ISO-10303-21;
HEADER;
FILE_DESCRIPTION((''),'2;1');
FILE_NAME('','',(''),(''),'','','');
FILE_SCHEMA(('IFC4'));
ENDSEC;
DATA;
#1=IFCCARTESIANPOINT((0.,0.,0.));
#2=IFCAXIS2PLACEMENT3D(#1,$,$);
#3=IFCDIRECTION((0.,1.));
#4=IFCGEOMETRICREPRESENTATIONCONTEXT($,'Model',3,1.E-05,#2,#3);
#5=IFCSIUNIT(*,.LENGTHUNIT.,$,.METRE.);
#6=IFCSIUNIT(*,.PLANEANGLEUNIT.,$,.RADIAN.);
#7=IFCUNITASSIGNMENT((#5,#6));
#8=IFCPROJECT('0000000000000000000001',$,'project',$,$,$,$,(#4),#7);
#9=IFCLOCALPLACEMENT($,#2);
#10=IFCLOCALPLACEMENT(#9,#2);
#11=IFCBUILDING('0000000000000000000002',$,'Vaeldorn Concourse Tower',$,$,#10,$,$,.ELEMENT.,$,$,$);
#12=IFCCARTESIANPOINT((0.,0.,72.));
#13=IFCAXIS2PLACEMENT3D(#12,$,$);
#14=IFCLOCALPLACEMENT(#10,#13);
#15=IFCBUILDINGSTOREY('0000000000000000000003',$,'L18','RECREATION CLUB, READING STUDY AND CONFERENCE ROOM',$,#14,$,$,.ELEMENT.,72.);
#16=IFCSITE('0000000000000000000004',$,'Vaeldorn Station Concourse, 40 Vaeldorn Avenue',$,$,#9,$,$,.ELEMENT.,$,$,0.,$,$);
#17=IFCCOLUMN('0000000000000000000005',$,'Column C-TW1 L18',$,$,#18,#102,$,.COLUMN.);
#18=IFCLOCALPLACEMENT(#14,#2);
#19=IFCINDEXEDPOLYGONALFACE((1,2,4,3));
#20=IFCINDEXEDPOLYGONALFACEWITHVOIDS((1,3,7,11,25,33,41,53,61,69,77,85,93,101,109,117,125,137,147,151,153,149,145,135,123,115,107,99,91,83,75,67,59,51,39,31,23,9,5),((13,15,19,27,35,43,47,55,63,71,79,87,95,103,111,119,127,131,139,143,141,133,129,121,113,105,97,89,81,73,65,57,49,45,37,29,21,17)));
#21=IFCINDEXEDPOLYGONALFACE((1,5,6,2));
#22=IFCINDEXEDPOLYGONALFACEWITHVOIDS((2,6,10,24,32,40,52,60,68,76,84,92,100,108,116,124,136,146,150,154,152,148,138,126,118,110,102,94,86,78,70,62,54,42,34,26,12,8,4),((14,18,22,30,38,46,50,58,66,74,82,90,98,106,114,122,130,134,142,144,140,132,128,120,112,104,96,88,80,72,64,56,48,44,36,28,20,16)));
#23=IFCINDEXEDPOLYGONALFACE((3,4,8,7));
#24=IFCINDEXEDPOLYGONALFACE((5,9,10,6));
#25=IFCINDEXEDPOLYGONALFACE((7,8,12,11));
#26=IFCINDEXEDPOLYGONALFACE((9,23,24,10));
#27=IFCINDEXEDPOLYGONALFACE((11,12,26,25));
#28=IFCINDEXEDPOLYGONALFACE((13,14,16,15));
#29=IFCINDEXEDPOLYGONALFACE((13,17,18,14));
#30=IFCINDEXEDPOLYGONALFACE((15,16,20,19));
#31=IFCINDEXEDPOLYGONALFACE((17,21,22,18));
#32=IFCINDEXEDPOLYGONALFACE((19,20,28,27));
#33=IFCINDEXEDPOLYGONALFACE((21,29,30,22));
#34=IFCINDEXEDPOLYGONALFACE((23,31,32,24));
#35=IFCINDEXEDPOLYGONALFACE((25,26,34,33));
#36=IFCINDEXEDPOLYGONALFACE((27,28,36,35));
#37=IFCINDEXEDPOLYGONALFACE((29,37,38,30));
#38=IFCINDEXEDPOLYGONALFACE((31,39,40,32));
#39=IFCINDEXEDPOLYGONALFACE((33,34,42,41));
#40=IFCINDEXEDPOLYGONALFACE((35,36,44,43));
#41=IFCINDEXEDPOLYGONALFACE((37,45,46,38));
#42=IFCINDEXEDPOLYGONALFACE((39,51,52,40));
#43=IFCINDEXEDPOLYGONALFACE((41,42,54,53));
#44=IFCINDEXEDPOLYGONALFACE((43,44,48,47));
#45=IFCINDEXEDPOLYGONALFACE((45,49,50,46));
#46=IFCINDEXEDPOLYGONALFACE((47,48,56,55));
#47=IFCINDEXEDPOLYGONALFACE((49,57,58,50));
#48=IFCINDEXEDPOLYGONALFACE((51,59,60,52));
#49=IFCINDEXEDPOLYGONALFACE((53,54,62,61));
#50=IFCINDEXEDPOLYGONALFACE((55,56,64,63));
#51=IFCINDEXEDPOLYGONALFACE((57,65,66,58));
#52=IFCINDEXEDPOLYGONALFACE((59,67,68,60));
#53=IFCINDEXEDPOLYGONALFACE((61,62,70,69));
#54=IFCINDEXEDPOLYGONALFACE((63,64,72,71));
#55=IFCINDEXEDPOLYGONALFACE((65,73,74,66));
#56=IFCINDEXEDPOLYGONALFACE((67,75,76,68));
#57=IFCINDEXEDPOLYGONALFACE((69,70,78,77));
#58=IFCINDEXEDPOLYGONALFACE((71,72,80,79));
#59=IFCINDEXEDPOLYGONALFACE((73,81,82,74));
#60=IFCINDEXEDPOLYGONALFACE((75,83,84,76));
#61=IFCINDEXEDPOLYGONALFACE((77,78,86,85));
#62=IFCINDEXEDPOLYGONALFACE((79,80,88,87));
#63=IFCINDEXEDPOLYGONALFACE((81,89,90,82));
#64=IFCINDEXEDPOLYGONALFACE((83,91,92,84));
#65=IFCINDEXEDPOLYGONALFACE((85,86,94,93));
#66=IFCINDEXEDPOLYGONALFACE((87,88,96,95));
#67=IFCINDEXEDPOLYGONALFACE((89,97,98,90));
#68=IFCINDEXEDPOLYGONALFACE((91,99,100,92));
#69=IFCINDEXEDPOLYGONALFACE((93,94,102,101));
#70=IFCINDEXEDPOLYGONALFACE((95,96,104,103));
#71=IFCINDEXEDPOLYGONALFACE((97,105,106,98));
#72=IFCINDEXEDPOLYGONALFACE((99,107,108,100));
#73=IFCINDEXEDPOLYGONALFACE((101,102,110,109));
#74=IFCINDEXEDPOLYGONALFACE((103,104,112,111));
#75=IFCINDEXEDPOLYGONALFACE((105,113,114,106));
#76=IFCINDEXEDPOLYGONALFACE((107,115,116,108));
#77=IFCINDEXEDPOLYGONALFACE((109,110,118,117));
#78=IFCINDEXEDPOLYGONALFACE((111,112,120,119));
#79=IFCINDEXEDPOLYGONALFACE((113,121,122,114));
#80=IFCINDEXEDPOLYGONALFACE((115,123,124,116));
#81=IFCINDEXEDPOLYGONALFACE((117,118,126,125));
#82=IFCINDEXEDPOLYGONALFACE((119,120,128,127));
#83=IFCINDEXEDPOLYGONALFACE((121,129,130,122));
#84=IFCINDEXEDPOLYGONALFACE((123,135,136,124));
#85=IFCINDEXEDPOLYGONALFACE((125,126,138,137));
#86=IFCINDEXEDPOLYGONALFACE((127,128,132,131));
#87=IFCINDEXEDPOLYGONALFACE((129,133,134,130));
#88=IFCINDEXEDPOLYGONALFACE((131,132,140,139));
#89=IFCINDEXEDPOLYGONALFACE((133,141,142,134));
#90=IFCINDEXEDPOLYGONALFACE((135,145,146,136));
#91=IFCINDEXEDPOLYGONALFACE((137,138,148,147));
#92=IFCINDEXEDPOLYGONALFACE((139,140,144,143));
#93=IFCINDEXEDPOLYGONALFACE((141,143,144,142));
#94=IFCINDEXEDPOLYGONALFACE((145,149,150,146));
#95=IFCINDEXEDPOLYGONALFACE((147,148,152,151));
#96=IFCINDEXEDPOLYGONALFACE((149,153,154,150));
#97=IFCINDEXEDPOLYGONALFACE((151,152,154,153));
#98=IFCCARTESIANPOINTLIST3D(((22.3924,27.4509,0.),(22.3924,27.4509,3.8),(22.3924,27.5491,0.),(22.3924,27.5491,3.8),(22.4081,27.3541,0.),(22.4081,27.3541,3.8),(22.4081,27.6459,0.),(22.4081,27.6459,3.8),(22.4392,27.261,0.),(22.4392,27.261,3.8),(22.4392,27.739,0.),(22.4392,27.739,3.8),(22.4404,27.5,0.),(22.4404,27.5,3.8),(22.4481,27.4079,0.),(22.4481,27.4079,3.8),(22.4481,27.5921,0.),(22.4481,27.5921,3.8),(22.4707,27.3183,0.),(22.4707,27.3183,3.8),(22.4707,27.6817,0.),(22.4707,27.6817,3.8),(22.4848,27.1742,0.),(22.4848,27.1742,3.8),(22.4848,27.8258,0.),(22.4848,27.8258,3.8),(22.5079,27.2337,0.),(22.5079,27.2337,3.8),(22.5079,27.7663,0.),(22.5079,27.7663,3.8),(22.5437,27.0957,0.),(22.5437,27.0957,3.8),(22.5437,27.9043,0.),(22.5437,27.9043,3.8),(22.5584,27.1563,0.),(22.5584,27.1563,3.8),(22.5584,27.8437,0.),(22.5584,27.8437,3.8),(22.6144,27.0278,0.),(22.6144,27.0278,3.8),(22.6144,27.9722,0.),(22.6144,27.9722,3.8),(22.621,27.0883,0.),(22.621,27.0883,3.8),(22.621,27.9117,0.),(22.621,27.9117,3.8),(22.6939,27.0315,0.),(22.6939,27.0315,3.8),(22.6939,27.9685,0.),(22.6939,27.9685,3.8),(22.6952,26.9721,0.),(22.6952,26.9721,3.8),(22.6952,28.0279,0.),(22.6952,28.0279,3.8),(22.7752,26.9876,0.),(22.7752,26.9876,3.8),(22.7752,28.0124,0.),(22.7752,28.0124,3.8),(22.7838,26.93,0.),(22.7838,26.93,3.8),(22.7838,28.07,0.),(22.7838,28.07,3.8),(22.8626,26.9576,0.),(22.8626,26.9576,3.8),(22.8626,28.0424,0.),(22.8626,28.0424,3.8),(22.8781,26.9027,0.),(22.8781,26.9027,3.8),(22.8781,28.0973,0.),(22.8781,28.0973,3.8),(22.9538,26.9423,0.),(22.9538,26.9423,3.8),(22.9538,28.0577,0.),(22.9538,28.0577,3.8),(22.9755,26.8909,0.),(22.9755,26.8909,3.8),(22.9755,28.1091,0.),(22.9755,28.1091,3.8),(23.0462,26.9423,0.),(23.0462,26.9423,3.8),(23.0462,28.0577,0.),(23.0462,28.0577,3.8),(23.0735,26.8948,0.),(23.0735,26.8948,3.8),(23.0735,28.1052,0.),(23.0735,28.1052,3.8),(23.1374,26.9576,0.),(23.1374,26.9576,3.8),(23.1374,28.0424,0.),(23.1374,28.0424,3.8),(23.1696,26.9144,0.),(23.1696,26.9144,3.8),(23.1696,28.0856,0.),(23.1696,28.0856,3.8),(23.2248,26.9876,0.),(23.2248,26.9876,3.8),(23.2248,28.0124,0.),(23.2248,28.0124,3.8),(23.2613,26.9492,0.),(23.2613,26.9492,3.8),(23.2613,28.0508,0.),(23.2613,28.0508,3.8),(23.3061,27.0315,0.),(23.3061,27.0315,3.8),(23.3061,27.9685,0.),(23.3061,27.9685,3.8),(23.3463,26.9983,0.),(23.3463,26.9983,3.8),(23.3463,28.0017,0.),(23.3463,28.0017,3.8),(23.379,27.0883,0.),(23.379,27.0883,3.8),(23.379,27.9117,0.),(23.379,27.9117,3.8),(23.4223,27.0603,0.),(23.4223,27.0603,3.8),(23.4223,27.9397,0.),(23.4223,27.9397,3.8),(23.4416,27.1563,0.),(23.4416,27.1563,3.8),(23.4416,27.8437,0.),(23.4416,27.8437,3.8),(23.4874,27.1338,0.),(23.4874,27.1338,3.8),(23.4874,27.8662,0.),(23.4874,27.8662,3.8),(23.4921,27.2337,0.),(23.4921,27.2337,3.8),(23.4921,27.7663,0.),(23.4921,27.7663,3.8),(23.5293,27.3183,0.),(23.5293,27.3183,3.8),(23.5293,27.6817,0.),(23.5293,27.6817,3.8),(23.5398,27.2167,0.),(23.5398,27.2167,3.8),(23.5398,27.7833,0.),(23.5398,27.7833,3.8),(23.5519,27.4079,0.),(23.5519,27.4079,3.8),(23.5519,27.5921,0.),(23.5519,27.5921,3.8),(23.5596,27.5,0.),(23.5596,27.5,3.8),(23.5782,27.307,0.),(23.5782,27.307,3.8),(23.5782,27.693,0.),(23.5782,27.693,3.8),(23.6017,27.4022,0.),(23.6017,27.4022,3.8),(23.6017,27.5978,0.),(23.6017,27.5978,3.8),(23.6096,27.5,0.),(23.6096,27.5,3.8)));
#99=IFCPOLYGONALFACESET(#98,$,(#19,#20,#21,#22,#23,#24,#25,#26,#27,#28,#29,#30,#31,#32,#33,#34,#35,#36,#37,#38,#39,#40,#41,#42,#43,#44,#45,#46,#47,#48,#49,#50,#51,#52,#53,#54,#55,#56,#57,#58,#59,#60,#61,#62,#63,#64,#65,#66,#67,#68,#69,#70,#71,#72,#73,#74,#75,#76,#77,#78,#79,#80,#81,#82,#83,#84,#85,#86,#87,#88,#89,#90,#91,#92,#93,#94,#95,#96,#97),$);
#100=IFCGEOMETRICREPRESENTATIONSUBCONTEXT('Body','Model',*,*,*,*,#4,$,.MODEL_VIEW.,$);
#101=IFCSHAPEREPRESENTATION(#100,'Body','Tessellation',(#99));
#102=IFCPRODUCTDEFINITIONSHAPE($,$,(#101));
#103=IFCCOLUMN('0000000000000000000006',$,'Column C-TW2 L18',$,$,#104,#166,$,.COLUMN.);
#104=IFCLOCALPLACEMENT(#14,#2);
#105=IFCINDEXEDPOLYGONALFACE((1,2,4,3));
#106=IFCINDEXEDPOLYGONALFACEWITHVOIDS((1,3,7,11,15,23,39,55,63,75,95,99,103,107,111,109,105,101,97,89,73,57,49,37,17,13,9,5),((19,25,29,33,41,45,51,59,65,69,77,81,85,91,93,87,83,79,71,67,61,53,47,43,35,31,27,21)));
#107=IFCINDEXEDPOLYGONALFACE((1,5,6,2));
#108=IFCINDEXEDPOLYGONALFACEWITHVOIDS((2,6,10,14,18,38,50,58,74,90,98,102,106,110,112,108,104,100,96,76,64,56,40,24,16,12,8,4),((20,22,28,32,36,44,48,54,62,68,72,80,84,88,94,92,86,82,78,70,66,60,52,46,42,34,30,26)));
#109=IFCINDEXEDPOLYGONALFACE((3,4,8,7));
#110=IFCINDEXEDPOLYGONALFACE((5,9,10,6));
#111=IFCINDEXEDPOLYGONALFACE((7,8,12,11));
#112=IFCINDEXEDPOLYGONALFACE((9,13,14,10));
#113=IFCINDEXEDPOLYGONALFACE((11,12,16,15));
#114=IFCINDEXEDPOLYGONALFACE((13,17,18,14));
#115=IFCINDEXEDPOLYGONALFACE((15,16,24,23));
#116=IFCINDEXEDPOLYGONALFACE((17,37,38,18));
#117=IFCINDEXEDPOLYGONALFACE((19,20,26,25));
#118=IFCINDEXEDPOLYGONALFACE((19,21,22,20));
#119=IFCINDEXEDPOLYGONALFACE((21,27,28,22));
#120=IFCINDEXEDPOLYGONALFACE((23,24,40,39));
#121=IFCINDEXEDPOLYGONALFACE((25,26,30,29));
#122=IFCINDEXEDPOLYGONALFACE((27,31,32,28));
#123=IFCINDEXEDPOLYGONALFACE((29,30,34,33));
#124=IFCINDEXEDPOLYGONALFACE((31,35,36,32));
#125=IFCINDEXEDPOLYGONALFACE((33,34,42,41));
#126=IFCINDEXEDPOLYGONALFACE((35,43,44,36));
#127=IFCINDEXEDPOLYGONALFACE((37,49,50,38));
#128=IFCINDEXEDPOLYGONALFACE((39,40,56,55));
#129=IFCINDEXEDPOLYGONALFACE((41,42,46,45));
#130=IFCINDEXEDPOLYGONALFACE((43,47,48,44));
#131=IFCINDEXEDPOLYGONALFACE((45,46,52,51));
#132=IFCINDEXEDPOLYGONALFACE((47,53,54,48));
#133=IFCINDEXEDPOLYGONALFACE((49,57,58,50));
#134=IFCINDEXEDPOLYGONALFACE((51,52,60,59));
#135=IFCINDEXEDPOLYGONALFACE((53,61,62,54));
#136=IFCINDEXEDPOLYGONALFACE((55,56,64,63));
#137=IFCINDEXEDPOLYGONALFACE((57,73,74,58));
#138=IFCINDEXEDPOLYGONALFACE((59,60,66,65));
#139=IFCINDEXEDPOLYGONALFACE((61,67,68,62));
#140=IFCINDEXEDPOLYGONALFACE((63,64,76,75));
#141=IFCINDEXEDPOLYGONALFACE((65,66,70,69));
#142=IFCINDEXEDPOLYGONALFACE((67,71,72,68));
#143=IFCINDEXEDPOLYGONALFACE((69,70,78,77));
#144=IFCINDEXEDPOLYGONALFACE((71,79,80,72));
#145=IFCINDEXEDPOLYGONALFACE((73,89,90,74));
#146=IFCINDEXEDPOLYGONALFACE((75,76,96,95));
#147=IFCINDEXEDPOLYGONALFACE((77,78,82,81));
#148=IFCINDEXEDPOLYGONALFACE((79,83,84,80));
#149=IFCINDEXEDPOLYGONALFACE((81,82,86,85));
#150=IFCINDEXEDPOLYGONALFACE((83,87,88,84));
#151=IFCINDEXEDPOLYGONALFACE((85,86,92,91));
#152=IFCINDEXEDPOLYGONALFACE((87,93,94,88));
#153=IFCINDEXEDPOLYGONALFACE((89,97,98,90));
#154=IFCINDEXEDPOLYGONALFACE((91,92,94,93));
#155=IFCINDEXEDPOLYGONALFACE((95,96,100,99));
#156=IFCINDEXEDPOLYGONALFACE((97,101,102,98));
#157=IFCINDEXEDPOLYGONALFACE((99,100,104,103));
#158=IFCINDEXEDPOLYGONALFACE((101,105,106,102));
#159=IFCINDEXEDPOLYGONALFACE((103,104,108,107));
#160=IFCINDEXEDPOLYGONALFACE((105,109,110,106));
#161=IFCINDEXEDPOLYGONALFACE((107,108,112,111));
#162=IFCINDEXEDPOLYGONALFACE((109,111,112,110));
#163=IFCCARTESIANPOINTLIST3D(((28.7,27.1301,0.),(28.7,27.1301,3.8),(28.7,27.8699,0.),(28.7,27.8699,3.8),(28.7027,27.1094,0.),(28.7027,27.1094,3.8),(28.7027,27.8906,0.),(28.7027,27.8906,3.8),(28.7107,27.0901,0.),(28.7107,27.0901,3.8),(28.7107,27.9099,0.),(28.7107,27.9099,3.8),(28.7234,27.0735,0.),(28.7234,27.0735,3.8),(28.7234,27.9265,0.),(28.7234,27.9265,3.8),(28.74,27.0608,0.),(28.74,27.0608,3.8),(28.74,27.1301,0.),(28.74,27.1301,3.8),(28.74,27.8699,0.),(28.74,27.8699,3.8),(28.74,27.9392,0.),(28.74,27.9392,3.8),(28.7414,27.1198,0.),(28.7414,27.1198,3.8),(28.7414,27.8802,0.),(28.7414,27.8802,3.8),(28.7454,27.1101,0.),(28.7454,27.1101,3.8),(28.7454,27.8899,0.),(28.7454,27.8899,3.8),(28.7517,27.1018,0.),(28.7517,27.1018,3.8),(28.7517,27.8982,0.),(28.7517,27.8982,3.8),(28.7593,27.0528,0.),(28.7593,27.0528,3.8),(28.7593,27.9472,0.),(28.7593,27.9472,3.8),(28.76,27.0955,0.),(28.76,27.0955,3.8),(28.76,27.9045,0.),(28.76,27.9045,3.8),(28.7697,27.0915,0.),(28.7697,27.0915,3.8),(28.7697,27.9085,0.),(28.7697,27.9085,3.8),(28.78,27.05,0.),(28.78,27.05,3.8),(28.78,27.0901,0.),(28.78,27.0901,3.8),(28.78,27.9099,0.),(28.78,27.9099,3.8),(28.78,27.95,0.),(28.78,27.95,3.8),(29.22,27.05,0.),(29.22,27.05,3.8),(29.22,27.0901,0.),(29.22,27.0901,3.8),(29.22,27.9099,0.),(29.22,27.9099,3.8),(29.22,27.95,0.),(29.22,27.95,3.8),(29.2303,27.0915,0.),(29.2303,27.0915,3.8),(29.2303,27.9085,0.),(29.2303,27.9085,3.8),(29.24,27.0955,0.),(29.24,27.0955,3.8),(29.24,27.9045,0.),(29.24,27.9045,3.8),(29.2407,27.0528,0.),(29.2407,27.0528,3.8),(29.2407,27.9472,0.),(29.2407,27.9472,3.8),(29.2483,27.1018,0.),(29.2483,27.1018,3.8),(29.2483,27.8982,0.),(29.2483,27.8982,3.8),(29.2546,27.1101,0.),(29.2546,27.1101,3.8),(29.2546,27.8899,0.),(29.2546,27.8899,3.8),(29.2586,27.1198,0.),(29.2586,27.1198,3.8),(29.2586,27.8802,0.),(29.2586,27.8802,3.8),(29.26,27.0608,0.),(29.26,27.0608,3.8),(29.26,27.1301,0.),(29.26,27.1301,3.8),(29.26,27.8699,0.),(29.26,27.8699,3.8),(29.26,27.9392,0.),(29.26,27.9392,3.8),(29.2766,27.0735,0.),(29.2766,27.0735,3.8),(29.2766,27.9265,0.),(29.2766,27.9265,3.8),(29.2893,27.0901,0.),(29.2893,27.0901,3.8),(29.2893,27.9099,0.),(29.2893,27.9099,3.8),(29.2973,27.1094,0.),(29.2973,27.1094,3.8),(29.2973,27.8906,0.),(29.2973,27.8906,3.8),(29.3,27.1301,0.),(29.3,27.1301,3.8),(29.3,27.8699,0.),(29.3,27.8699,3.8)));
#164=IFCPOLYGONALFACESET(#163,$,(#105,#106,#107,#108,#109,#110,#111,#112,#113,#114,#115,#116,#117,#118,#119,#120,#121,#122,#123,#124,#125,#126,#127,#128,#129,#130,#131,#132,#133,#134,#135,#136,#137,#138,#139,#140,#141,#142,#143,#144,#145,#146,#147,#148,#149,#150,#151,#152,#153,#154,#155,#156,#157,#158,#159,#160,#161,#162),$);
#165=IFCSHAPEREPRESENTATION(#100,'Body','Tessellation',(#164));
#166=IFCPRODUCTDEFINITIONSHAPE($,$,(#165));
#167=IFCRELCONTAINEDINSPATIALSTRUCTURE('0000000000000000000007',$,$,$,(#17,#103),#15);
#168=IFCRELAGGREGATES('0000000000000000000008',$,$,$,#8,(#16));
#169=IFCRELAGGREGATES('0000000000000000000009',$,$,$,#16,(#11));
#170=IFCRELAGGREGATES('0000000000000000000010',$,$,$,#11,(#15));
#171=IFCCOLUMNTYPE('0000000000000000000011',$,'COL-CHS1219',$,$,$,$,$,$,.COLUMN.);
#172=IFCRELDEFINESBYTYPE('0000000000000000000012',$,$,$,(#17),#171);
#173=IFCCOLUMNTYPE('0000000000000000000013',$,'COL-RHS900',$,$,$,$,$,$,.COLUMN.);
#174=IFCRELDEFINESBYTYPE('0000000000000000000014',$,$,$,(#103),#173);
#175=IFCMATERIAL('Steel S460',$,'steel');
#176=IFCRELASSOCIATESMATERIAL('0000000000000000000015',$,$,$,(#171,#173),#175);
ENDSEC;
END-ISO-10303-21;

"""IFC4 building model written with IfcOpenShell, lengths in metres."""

from ifc_helpers import new_model, si_unit, direction, frame, origin, origin_2d, place, context, subcontext, project, spatial, hollow_rectangle, hollow_circle, extrude, source, transform, mapped, material, material_profile, profile_set, type_object, element, save


model = new_model("IFC4")

# Units and contexts
model_context = context("Model", 3, precision=1e-05, world=origin(), true_north=direction((0.0, 1.0)))
body_context = subcontext(model_context, "Body", "Model", "MODEL_VIEW")
ifc_project = project(units=[si_unit("LENGTHUNIT", "METRE"), si_unit("PLANEANGLEUNIT", "RADIAN")], contexts=[model_context])

# Site, building, storey
site_placement = place(None, origin())
site = spatial("IfcSite", under=ifc_project, at=site_placement, Name="Vaeldorn Station Concourse, 40 Vaeldorn Avenue", CompositionType="ELEMENT", RefElevation=0.0)
building_placement = place(site_placement, origin())
building = spatial("IfcBuilding", under=site, at=building_placement, Name="Vaeldorn Concourse Tower", CompositionType="ELEMENT")
storey_placement = place(building_placement, frame((0.0, 0.0, 72.0)))
storey = spatial("IfcBuildingStorey", under=building, at=storey_placement, Name="L18", Description="RECREATION CLUB, READING STUDY AND CONFERENCE ROOM", CompositionType="ELEMENT", Elevation=72.0)

# Columns
ifc_material_1 = material(Name="Steel S460", Category="steel")
ifc_material_profile_1 = material_profile(ifc_material_1, hollow_circle(Radius=0.6096, WallThickness=0.05, at=origin_2d()), Name="CHS 1219x50")
ifc_profile_set_1 = profile_set([ifc_material_profile_1], Name="Steel S460")
column_type_1 = type_object("IfcColumnType", Name="COL-CHS1219", PredefinedType="COLUMN", material=ifc_profile_set_1)
shared_shape_1 = source(origin(), body_context, "Body", "SweptSolid", [
    extrude(hollow_circle(Radius=0.6096, WallThickness=0.05, at=origin_2d()), origin(), (0.0, 0.0, 1.0), 3.8),
])
column_1_placement = place(storey_placement, frame((23.0, 27.5, 0.0), z_axis=(0.0, 0.0, 1.0), x_axis=(1.0, 0.0, 0.0)))
element("IfcColumn", 1, at=column_1_placement, inside=storey, type_object=column_type_1, Name="Column C-TW1 L18", PredefinedType="COLUMN", context=body_context, shape_type="MappedRepresentation", body=[
    mapped(shared_shape_1, transform((0.0, 0.0, 0.0), scale=1.0)),
])
ifc_material_profile_2 = material_profile(ifc_material_1, hollow_rectangle(XDim=0.6001, YDim=0.8999, WallThickness=0.04, InnerFilletRadius=0.04, OuterFilletRadius=0.0801, at=origin_2d()), Name="RHS 900x600x40")
ifc_profile_set_2 = profile_set([ifc_material_profile_2], Name="Steel S460")
column_type_2 = type_object("IfcColumnType", Name="COL-RHS900", PredefinedType="COLUMN", material=ifc_profile_set_2)
shared_shape_2 = source(origin(), body_context, "Body", "SweptSolid", [
    extrude(hollow_rectangle(XDim=0.6001, YDim=0.8999, WallThickness=0.04, InnerFilletRadius=0.04, OuterFilletRadius=0.0801, at=origin_2d()), origin(), (0.0, 0.0, 1.0), 3.8),
])
for number, where, z_axis, x_axis, name in (
    (2, (29.0, 27.5, 0.0), (0.0, 0.0, 1.0), (1.0, 0.0, 0.0), "Column C-TW2 L18"),
):
    element("IfcColumn", number, at=place(storey_placement, frame(where, z_axis=z_axis, x_axis=x_axis)), inside=storey, type_object=column_type_2, Name=name, PredefinedType="COLUMN", context=body_context, shape_type="MappedRepresentation", body=[
        mapped(shared_shape_2, transform((0.0, 0.0, 0.0), scale=1.0)),
    ])

save(model, "model.ifc")
